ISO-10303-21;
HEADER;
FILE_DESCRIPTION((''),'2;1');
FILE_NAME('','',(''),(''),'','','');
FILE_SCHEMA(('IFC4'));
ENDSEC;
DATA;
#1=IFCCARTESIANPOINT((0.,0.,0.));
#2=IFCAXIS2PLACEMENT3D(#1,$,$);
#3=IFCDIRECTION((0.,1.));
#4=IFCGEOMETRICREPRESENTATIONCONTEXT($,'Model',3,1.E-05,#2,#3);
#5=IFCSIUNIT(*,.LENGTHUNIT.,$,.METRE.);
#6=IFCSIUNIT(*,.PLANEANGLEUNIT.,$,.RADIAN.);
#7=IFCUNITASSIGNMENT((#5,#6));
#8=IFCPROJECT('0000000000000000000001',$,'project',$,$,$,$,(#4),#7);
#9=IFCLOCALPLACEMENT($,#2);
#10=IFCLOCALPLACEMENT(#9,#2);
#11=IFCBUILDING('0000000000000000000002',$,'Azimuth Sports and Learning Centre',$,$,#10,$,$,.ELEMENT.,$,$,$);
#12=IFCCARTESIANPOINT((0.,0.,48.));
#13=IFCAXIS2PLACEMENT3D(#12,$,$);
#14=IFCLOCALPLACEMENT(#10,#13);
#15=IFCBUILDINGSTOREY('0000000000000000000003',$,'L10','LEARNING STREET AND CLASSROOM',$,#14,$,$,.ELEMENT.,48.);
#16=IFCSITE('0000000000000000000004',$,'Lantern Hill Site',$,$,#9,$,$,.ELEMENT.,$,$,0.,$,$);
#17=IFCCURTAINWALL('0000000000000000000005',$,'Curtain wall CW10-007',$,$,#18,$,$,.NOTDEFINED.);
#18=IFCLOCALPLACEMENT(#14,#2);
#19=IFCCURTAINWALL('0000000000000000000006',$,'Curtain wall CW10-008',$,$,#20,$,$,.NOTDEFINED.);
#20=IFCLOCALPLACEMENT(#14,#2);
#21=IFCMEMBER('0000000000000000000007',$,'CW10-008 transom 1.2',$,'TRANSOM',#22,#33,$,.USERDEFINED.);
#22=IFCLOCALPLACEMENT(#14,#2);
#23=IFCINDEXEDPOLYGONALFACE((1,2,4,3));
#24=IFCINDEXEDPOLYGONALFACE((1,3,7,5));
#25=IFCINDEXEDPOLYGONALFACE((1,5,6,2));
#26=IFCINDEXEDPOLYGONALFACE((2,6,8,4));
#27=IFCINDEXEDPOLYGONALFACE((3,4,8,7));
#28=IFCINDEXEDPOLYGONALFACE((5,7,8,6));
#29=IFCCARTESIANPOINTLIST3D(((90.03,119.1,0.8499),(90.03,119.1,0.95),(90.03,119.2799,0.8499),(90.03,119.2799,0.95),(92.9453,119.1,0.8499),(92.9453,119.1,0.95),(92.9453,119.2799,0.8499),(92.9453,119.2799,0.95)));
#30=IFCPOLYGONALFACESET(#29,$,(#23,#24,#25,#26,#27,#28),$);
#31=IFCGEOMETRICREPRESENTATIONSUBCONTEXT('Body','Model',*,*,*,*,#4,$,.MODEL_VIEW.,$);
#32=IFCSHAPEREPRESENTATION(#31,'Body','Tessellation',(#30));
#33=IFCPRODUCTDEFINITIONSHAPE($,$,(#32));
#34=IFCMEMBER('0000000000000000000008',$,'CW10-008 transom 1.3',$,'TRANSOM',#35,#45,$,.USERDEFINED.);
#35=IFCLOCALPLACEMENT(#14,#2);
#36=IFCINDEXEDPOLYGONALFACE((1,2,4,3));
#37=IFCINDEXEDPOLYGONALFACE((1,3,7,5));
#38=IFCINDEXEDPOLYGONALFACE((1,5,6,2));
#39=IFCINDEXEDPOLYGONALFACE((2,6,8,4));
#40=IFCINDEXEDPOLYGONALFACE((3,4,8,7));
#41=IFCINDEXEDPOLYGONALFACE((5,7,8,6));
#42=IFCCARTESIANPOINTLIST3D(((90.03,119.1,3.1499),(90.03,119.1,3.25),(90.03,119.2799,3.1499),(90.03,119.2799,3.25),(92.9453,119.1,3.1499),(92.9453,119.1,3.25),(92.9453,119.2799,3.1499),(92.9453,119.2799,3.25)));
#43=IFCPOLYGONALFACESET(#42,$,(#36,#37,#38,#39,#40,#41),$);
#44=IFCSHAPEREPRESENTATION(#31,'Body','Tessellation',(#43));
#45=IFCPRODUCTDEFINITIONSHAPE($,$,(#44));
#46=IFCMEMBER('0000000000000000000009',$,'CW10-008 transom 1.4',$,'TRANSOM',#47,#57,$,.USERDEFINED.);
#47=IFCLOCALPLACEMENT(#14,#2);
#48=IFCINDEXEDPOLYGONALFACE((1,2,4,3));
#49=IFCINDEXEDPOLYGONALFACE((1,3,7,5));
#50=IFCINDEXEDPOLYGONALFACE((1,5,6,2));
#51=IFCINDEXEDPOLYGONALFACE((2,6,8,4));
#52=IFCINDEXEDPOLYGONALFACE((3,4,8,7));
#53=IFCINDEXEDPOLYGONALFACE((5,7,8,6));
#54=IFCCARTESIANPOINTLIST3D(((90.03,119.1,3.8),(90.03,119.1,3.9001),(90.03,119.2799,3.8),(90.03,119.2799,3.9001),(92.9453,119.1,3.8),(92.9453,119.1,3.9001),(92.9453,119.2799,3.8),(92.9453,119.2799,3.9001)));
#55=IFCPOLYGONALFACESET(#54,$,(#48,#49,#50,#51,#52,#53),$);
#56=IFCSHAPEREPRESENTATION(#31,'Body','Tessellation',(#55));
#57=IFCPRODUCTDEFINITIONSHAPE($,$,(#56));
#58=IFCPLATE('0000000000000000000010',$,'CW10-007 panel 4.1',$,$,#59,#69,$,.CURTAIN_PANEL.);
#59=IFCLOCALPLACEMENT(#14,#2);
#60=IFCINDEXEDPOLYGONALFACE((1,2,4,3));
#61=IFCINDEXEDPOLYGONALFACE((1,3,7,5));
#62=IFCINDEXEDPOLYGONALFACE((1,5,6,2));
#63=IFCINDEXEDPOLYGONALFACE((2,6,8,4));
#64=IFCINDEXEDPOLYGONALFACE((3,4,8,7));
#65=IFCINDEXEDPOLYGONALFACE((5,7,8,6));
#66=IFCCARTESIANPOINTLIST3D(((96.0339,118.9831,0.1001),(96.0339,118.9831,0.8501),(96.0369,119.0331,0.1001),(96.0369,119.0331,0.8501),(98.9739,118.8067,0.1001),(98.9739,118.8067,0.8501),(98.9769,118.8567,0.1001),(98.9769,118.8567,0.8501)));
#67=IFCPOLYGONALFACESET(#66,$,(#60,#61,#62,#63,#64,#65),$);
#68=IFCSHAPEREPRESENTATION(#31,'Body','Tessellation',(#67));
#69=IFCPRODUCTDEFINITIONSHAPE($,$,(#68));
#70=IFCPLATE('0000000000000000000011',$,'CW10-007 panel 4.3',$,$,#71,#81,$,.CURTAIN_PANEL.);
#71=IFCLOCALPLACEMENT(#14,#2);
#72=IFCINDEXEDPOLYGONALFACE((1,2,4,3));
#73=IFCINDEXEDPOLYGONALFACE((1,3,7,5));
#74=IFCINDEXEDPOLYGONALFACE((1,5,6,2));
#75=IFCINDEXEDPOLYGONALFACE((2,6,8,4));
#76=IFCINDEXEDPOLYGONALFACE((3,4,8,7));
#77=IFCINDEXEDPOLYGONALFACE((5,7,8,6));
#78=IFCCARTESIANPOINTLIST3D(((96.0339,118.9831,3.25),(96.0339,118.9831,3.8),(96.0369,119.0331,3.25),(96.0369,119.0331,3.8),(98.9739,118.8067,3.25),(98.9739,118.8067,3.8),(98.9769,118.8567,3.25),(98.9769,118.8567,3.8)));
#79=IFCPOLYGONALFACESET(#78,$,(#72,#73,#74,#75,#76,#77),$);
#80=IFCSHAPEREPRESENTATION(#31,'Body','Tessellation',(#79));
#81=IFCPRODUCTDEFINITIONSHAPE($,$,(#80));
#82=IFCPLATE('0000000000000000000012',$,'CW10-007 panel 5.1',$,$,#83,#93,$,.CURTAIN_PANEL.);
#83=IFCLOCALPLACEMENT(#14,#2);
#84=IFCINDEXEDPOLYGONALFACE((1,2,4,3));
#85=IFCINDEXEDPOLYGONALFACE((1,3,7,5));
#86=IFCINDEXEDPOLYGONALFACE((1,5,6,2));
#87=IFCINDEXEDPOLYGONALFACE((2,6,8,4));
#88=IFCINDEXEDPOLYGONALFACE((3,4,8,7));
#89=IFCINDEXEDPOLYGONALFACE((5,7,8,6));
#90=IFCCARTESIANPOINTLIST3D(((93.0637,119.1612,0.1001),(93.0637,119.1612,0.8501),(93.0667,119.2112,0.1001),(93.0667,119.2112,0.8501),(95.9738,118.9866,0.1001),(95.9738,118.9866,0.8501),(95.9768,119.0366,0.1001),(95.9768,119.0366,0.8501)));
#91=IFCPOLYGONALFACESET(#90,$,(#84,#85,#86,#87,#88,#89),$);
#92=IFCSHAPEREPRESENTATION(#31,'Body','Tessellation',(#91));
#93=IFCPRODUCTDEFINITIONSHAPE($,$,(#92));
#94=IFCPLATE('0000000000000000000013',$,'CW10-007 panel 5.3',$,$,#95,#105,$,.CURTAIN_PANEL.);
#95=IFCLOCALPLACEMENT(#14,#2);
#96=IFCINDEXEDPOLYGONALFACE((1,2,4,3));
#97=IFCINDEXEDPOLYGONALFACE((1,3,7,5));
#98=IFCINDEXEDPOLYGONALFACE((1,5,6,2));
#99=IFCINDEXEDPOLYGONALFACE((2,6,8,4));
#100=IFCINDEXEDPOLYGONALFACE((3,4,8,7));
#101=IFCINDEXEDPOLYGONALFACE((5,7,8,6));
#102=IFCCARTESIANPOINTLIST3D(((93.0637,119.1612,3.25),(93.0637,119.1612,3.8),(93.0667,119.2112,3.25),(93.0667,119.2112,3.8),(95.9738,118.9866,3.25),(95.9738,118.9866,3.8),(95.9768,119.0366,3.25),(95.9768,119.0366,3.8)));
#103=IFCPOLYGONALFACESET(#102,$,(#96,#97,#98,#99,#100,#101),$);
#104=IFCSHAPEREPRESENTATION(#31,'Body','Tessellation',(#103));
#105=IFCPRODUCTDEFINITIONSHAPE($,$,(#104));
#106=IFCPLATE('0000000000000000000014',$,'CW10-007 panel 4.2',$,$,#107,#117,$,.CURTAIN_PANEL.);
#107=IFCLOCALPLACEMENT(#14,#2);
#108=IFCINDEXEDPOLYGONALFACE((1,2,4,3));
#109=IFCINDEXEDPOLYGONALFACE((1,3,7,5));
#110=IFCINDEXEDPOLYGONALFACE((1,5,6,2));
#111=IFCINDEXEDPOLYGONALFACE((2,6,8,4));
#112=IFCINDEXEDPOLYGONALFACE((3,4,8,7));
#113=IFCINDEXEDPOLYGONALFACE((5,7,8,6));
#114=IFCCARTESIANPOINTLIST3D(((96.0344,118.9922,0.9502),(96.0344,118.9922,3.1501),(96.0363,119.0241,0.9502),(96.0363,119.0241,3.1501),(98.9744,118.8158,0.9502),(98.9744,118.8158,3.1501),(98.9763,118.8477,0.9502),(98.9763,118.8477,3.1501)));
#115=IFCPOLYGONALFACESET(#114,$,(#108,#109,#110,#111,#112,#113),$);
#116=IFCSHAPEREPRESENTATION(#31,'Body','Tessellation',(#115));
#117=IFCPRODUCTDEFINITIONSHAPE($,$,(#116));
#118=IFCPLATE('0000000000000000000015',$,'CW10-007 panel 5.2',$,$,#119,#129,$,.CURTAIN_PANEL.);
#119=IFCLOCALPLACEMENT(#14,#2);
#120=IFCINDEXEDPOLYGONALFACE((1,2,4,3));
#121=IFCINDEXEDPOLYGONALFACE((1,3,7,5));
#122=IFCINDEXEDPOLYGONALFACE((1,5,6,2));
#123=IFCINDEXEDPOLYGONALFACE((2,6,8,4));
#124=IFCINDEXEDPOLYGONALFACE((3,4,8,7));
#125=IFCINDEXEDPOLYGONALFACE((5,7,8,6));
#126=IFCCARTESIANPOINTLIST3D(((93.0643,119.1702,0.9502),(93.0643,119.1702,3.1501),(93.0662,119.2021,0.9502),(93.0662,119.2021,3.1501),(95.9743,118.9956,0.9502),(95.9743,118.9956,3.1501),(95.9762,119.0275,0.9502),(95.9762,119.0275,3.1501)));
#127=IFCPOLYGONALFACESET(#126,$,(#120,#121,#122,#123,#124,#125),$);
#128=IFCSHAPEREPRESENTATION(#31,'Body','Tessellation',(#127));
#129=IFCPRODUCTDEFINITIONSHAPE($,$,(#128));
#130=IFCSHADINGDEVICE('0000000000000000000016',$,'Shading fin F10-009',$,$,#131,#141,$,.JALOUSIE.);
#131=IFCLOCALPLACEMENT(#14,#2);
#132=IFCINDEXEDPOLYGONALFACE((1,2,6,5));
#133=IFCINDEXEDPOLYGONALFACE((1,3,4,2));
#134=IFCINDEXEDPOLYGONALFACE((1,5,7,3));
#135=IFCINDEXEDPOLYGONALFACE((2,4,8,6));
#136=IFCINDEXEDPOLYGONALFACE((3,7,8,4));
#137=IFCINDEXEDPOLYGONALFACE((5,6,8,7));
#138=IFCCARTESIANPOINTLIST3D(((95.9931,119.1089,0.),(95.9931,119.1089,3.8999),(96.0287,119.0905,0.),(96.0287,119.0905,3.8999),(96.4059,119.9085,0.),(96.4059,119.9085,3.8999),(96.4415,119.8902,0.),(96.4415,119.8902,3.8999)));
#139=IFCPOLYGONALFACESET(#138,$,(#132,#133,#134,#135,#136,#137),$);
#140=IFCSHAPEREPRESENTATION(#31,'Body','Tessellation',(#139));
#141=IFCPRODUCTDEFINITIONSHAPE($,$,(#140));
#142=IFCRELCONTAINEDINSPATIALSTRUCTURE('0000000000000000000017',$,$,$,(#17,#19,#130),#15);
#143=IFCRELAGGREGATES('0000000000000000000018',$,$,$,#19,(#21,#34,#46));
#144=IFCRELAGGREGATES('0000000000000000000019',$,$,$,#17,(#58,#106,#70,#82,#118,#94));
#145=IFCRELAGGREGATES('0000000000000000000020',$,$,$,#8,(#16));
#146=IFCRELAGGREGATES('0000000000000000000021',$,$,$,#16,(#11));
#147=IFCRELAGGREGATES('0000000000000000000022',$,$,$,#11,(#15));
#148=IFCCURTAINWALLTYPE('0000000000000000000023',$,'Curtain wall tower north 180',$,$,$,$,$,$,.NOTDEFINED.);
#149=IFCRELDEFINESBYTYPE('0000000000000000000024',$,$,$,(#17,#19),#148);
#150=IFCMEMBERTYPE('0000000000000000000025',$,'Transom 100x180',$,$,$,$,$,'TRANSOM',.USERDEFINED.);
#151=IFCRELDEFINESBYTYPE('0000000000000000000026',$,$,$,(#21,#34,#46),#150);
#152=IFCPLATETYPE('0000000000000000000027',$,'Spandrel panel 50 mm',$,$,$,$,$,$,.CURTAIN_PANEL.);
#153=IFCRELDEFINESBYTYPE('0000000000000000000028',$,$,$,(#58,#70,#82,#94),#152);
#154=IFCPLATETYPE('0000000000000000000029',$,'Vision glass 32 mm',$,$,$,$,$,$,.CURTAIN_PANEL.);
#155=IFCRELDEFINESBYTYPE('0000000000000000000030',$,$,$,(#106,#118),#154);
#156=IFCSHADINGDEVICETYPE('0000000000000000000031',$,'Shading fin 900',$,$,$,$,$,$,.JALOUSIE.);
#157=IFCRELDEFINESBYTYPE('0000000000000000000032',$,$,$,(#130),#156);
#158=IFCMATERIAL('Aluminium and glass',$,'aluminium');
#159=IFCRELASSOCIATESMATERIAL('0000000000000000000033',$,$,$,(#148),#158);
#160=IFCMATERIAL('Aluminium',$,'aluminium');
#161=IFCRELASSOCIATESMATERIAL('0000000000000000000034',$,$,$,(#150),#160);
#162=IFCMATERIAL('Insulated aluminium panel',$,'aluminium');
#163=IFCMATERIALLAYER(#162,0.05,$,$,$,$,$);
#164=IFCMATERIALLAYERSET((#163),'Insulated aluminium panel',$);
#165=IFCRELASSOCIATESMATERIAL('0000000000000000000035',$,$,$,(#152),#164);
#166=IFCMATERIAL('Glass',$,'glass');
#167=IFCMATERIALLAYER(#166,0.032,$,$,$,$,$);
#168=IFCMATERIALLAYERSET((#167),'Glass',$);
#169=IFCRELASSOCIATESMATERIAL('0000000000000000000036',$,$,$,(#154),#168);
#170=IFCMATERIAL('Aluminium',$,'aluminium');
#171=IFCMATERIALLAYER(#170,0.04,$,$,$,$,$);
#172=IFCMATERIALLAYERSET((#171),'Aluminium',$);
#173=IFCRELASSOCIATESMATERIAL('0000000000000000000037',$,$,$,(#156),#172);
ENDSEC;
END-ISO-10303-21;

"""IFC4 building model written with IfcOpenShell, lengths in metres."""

from ifc_helpers import new_model, si_unit, direction, frame, origin, origin_2d, place, context, subcontext, project, spatial, rectangle, extrude, material, layer, layer_set, material_profile, profile_set, type_object, element, aggregate, save


model = new_model("IFC4")

# Units and contexts
model_context = context("Model", 3, precision=1e-05, world=origin(), true_north=direction((0.0, 1.0)))
body_context = subcontext(model_context, "Body", "Model", "MODEL_VIEW")
ifc_project = project(units=[si_unit("LENGTHUNIT", "METRE"), si_unit("PLANEANGLEUNIT", "RADIAN")], contexts=[model_context])

# Site, building, storey
site_placement = place(None, origin())
site = spatial("IfcSite", under=ifc_project, at=site_placement, Name="Lantern Hill Site", CompositionType="ELEMENT", RefElevation=0.0)
building_placement = place(site_placement, origin())
building = spatial("IfcBuilding", under=site, at=building_placement, Name="Azimuth Sports and Learning Centre", CompositionType="ELEMENT")
storey_placement = place(building_placement, frame((0.0, 0.0, 48.0)))
storey = spatial("IfcBuildingStorey", under=building, at=storey_placement, Name="L10", Description="LEARNING STREET AND CLASSROOM", CompositionType="ELEMENT", Elevation=48.0)

# Curtain wall
ifc_material_1 = material(Name="Aluminium and glass", Category="aluminium")
curtain_wall_type = type_object("IfcCurtainWallType", Name="Curtain wall tower north 180", PredefinedType="NOTDEFINED", material=ifc_material_1)
curtain_wall_1_placement = place(storey_placement, origin())
curtain_wall_1 = element("IfcCurtainWall", 1, at=curtain_wall_1_placement, inside=storey, type_object=curtain_wall_type, Name="Curtain wall CW10-007", PredefinedType="NOTDEFINED")

# Curtain wall
curtain_wall_2_placement = place(storey_placement, origin())
curtain_wall_2 = element("IfcCurtainWall", 2, at=curtain_wall_2_placement, inside=storey, type_object=curtain_wall_type, Name="Curtain wall CW10-008", PredefinedType="NOTDEFINED")

# Members
ifc_material_2 = material(Name="Aluminium", Category="aluminium")
ifc_material_profile_1 = material_profile(ifc_material_2, rectangle(XDim=0.1799, YDim=0.1001, at=origin_2d()), Name="Transom 100x180")
ifc_profile_set_1 = profile_set([ifc_material_profile_1], Name="Aluminium")
member_type_1 = type_object("IfcMemberType", Name="Transom 100x180", ElementType="TRANSOM", PredefinedType="USERDEFINED", material=ifc_profile_set_1)
member_1_placement = place(storey_placement, frame((92.9453, 119.1899, 0.8999), z_axis=(-1.0, 0.0, 0.0), x_axis=(0.0, -1.0, 0.0)))
member_1 = element("IfcMember", 3, at=member_1_placement, type_object=member_type_1, Name="CW10-008 transom 1.2", ObjectType="TRANSOM", PredefinedType="USERDEFINED", context=body_context, shape_type="SweptSolid", body=[
    extrude(rectangle(XDim=0.1799, YDim=0.1001, at=origin_2d()), origin(), (0.0, 0.0, 1.0), 2.9153),
])
member_2_placement = place(storey_placement, frame((92.9453, 119.1899, 3.2), z_axis=(-1.0, 0.0, 0.0), x_axis=(0.0, -1.0, 0.0)))
member_2 = element("IfcMember", 4, at=member_2_placement, type_object=member_type_1, Name="CW10-008 transom 1.3", ObjectType="TRANSOM", PredefinedType="USERDEFINED", context=body_context, shape_type="SweptSolid", body=[
    extrude(rectangle(XDim=0.1799, YDim=0.1001, at=origin_2d()), origin(), (0.0, 0.0, 1.0), 2.9153),
])
member_3_placement = place(storey_placement, frame((92.9453, 119.1899, 3.8501), z_axis=(-1.0, 0.0, 0.0), x_axis=(0.0, -1.0, 0.0)))
member_3 = element("IfcMember", 5, at=member_3_placement, type_object=member_type_1, Name="CW10-008 transom 1.4", ObjectType="TRANSOM", PredefinedType="USERDEFINED", context=body_context, shape_type="SweptSolid", body=[
    extrude(rectangle(XDim=0.1799, YDim=0.1001, at=origin_2d()), origin(), (0.0, 0.0, 1.0), 2.9153),
])
aggregate(curtain_wall_2, [member_1, member_2, member_3])

# Plates
ifc_material_3 = material(Name="Insulated aluminium panel", Category="aluminium")
ifc_layer_1 = layer(ifc_material_3, 0.05)
ifc_layer_set_1 = layer_set([ifc_layer_1], Name="Insulated aluminium panel")
plate_type_1 = type_object("IfcPlateType", Name="Spandrel panel 50 mm", PredefinedType="CURTAIN_PANEL", material=ifc_layer_set_1)
plate_1_placement = place(storey_placement, frame((97.5054, 118.9199, 0.1001), z_axis=(0.0, 0.0, 1.0), x_axis=(-0.998205, 0.059892, 0.0)))
plate_1 = element("IfcPlate", 6, at=plate_1_placement, type_object=plate_type_1, Name="CW10-007 panel 4.1", PredefinedType="CURTAIN_PANEL", context=body_context, shape_type="SweptSolid", body=[
    extrude(rectangle(XDim=2.9453, YDim=0.05, at=origin_2d()), origin(), (0.0, 0.0, 1.0), 0.75),
])
plate_2_placement = place(storey_placement, frame((97.5054, 118.9199, 3.25), z_axis=(0.0, 0.0, 1.0), x_axis=(-0.998205, 0.059892, 0.0)))
plate_2 = element("IfcPlate", 7, at=plate_2_placement, type_object=plate_type_1, Name="CW10-007 panel 4.3", PredefinedType="CURTAIN_PANEL", context=body_context, shape_type="SweptSolid", body=[
    extrude(rectangle(XDim=2.9453, YDim=0.05, at=origin_2d()), origin(), (0.0, 0.0, 1.0), 0.55),
])
plate_3_placement = place(storey_placement, frame((94.5203, 119.0989, 0.1001), z_axis=(0.0, 0.0, 1.0), x_axis=(-0.998205, 0.059892, 0.0)))
plate_3 = element("IfcPlate", 8, at=plate_3_placement, type_object=plate_type_1, Name="CW10-007 panel 5.1", PredefinedType="CURTAIN_PANEL", context=body_context, shape_type="SweptSolid", body=[
    extrude(rectangle(XDim=2.9153, YDim=0.05, at=origin_2d()), origin(), (0.0, 0.0, 1.0), 0.75),
])
plate_4_placement = place(storey_placement, frame((94.5203, 119.0989, 3.25), z_axis=(0.0, 0.0, 1.0), x_axis=(-0.998205, 0.059892, 0.0)))
plate_4 = element("IfcPlate", 9, at=plate_4_placement, type_object=plate_type_1, Name="CW10-007 panel 5.3", PredefinedType="CURTAIN_PANEL", context=body_context, shape_type="SweptSolid", body=[
    extrude(rectangle(XDim=2.9153, YDim=0.05, at=origin_2d()), origin(), (0.0, 0.0, 1.0), 0.55),
])
ifc_material_4 = material(Name="Glass", Category="glass")
ifc_layer_2 = layer(ifc_material_4, 0.032)
ifc_layer_set_2 = layer_set([ifc_layer_2], Name="Glass")
plate_type_2 = type_object("IfcPlateType", Name="Vision glass 32 mm", PredefinedType="CURTAIN_PANEL", material=ifc_layer_set_2)
plate_5_placement = place(storey_placement, frame((97.5054, 118.9199, 0.9502), z_axis=(0.0, 0.0, 1.0), x_axis=(-0.998205, 0.059892, 0.0)))
plate_5 = element("IfcPlate", 10, at=plate_5_placement, type_object=plate_type_2, Name="CW10-007 panel 4.2", PredefinedType="CURTAIN_PANEL", context=body_context, shape_type="SweptSolid", body=[
    extrude(rectangle(XDim=2.9453, YDim=0.032, at=origin_2d()), origin(), (0.0, 0.0, 1.0), 2.2),
])
plate_6_placement = place(storey_placement, frame((94.5203, 119.0989, 0.9502), z_axis=(0.0, 0.0, 1.0), x_axis=(-0.998205, 0.059892, 0.0)))
plate_6 = element("IfcPlate", 11, at=plate_6_placement, type_object=plate_type_2, Name="CW10-007 panel 5.2", PredefinedType="CURTAIN_PANEL", context=body_context, shape_type="SweptSolid", body=[
    extrude(rectangle(XDim=2.9153, YDim=0.032, at=origin_2d()), origin(), (0.0, 0.0, 1.0), 2.2),
])
aggregate(curtain_wall_1, [plate_1, plate_5, plate_2, plate_3, plate_6, plate_4])

# Shading device
ifc_material_5 = material(Name="Aluminium", Category="aluminium")
ifc_layer_3 = layer(ifc_material_5, 0.04)
ifc_layer_set_3 = layer_set([ifc_layer_3], Name="Aluminium")
shading_device_type = type_object("IfcShadingDeviceType", Name="Shading fin 900", PredefinedType="JALOUSIE", material=ifc_layer_set_3)
shading_device_placement = place(storey_placement, frame((96.2173, 119.4995, 0.0), z_axis=(0.0, 0.0, 1.0), x_axis=(0.458683, 0.8886, 0.0)))
element("IfcShadingDevice", 12, at=shading_device_placement, inside=storey, type_object=shading_device_type, Name="Shading fin F10-009", PredefinedType="JALOUSIE", context=body_context, shape_type="SweptSolid", body=[
    extrude(rectangle(XDim=0.8999, YDim=0.04, at=origin_2d()), origin(), (0.0, 0.0, 1.0), 3.8999),
])

save(model, "model.ifc")
